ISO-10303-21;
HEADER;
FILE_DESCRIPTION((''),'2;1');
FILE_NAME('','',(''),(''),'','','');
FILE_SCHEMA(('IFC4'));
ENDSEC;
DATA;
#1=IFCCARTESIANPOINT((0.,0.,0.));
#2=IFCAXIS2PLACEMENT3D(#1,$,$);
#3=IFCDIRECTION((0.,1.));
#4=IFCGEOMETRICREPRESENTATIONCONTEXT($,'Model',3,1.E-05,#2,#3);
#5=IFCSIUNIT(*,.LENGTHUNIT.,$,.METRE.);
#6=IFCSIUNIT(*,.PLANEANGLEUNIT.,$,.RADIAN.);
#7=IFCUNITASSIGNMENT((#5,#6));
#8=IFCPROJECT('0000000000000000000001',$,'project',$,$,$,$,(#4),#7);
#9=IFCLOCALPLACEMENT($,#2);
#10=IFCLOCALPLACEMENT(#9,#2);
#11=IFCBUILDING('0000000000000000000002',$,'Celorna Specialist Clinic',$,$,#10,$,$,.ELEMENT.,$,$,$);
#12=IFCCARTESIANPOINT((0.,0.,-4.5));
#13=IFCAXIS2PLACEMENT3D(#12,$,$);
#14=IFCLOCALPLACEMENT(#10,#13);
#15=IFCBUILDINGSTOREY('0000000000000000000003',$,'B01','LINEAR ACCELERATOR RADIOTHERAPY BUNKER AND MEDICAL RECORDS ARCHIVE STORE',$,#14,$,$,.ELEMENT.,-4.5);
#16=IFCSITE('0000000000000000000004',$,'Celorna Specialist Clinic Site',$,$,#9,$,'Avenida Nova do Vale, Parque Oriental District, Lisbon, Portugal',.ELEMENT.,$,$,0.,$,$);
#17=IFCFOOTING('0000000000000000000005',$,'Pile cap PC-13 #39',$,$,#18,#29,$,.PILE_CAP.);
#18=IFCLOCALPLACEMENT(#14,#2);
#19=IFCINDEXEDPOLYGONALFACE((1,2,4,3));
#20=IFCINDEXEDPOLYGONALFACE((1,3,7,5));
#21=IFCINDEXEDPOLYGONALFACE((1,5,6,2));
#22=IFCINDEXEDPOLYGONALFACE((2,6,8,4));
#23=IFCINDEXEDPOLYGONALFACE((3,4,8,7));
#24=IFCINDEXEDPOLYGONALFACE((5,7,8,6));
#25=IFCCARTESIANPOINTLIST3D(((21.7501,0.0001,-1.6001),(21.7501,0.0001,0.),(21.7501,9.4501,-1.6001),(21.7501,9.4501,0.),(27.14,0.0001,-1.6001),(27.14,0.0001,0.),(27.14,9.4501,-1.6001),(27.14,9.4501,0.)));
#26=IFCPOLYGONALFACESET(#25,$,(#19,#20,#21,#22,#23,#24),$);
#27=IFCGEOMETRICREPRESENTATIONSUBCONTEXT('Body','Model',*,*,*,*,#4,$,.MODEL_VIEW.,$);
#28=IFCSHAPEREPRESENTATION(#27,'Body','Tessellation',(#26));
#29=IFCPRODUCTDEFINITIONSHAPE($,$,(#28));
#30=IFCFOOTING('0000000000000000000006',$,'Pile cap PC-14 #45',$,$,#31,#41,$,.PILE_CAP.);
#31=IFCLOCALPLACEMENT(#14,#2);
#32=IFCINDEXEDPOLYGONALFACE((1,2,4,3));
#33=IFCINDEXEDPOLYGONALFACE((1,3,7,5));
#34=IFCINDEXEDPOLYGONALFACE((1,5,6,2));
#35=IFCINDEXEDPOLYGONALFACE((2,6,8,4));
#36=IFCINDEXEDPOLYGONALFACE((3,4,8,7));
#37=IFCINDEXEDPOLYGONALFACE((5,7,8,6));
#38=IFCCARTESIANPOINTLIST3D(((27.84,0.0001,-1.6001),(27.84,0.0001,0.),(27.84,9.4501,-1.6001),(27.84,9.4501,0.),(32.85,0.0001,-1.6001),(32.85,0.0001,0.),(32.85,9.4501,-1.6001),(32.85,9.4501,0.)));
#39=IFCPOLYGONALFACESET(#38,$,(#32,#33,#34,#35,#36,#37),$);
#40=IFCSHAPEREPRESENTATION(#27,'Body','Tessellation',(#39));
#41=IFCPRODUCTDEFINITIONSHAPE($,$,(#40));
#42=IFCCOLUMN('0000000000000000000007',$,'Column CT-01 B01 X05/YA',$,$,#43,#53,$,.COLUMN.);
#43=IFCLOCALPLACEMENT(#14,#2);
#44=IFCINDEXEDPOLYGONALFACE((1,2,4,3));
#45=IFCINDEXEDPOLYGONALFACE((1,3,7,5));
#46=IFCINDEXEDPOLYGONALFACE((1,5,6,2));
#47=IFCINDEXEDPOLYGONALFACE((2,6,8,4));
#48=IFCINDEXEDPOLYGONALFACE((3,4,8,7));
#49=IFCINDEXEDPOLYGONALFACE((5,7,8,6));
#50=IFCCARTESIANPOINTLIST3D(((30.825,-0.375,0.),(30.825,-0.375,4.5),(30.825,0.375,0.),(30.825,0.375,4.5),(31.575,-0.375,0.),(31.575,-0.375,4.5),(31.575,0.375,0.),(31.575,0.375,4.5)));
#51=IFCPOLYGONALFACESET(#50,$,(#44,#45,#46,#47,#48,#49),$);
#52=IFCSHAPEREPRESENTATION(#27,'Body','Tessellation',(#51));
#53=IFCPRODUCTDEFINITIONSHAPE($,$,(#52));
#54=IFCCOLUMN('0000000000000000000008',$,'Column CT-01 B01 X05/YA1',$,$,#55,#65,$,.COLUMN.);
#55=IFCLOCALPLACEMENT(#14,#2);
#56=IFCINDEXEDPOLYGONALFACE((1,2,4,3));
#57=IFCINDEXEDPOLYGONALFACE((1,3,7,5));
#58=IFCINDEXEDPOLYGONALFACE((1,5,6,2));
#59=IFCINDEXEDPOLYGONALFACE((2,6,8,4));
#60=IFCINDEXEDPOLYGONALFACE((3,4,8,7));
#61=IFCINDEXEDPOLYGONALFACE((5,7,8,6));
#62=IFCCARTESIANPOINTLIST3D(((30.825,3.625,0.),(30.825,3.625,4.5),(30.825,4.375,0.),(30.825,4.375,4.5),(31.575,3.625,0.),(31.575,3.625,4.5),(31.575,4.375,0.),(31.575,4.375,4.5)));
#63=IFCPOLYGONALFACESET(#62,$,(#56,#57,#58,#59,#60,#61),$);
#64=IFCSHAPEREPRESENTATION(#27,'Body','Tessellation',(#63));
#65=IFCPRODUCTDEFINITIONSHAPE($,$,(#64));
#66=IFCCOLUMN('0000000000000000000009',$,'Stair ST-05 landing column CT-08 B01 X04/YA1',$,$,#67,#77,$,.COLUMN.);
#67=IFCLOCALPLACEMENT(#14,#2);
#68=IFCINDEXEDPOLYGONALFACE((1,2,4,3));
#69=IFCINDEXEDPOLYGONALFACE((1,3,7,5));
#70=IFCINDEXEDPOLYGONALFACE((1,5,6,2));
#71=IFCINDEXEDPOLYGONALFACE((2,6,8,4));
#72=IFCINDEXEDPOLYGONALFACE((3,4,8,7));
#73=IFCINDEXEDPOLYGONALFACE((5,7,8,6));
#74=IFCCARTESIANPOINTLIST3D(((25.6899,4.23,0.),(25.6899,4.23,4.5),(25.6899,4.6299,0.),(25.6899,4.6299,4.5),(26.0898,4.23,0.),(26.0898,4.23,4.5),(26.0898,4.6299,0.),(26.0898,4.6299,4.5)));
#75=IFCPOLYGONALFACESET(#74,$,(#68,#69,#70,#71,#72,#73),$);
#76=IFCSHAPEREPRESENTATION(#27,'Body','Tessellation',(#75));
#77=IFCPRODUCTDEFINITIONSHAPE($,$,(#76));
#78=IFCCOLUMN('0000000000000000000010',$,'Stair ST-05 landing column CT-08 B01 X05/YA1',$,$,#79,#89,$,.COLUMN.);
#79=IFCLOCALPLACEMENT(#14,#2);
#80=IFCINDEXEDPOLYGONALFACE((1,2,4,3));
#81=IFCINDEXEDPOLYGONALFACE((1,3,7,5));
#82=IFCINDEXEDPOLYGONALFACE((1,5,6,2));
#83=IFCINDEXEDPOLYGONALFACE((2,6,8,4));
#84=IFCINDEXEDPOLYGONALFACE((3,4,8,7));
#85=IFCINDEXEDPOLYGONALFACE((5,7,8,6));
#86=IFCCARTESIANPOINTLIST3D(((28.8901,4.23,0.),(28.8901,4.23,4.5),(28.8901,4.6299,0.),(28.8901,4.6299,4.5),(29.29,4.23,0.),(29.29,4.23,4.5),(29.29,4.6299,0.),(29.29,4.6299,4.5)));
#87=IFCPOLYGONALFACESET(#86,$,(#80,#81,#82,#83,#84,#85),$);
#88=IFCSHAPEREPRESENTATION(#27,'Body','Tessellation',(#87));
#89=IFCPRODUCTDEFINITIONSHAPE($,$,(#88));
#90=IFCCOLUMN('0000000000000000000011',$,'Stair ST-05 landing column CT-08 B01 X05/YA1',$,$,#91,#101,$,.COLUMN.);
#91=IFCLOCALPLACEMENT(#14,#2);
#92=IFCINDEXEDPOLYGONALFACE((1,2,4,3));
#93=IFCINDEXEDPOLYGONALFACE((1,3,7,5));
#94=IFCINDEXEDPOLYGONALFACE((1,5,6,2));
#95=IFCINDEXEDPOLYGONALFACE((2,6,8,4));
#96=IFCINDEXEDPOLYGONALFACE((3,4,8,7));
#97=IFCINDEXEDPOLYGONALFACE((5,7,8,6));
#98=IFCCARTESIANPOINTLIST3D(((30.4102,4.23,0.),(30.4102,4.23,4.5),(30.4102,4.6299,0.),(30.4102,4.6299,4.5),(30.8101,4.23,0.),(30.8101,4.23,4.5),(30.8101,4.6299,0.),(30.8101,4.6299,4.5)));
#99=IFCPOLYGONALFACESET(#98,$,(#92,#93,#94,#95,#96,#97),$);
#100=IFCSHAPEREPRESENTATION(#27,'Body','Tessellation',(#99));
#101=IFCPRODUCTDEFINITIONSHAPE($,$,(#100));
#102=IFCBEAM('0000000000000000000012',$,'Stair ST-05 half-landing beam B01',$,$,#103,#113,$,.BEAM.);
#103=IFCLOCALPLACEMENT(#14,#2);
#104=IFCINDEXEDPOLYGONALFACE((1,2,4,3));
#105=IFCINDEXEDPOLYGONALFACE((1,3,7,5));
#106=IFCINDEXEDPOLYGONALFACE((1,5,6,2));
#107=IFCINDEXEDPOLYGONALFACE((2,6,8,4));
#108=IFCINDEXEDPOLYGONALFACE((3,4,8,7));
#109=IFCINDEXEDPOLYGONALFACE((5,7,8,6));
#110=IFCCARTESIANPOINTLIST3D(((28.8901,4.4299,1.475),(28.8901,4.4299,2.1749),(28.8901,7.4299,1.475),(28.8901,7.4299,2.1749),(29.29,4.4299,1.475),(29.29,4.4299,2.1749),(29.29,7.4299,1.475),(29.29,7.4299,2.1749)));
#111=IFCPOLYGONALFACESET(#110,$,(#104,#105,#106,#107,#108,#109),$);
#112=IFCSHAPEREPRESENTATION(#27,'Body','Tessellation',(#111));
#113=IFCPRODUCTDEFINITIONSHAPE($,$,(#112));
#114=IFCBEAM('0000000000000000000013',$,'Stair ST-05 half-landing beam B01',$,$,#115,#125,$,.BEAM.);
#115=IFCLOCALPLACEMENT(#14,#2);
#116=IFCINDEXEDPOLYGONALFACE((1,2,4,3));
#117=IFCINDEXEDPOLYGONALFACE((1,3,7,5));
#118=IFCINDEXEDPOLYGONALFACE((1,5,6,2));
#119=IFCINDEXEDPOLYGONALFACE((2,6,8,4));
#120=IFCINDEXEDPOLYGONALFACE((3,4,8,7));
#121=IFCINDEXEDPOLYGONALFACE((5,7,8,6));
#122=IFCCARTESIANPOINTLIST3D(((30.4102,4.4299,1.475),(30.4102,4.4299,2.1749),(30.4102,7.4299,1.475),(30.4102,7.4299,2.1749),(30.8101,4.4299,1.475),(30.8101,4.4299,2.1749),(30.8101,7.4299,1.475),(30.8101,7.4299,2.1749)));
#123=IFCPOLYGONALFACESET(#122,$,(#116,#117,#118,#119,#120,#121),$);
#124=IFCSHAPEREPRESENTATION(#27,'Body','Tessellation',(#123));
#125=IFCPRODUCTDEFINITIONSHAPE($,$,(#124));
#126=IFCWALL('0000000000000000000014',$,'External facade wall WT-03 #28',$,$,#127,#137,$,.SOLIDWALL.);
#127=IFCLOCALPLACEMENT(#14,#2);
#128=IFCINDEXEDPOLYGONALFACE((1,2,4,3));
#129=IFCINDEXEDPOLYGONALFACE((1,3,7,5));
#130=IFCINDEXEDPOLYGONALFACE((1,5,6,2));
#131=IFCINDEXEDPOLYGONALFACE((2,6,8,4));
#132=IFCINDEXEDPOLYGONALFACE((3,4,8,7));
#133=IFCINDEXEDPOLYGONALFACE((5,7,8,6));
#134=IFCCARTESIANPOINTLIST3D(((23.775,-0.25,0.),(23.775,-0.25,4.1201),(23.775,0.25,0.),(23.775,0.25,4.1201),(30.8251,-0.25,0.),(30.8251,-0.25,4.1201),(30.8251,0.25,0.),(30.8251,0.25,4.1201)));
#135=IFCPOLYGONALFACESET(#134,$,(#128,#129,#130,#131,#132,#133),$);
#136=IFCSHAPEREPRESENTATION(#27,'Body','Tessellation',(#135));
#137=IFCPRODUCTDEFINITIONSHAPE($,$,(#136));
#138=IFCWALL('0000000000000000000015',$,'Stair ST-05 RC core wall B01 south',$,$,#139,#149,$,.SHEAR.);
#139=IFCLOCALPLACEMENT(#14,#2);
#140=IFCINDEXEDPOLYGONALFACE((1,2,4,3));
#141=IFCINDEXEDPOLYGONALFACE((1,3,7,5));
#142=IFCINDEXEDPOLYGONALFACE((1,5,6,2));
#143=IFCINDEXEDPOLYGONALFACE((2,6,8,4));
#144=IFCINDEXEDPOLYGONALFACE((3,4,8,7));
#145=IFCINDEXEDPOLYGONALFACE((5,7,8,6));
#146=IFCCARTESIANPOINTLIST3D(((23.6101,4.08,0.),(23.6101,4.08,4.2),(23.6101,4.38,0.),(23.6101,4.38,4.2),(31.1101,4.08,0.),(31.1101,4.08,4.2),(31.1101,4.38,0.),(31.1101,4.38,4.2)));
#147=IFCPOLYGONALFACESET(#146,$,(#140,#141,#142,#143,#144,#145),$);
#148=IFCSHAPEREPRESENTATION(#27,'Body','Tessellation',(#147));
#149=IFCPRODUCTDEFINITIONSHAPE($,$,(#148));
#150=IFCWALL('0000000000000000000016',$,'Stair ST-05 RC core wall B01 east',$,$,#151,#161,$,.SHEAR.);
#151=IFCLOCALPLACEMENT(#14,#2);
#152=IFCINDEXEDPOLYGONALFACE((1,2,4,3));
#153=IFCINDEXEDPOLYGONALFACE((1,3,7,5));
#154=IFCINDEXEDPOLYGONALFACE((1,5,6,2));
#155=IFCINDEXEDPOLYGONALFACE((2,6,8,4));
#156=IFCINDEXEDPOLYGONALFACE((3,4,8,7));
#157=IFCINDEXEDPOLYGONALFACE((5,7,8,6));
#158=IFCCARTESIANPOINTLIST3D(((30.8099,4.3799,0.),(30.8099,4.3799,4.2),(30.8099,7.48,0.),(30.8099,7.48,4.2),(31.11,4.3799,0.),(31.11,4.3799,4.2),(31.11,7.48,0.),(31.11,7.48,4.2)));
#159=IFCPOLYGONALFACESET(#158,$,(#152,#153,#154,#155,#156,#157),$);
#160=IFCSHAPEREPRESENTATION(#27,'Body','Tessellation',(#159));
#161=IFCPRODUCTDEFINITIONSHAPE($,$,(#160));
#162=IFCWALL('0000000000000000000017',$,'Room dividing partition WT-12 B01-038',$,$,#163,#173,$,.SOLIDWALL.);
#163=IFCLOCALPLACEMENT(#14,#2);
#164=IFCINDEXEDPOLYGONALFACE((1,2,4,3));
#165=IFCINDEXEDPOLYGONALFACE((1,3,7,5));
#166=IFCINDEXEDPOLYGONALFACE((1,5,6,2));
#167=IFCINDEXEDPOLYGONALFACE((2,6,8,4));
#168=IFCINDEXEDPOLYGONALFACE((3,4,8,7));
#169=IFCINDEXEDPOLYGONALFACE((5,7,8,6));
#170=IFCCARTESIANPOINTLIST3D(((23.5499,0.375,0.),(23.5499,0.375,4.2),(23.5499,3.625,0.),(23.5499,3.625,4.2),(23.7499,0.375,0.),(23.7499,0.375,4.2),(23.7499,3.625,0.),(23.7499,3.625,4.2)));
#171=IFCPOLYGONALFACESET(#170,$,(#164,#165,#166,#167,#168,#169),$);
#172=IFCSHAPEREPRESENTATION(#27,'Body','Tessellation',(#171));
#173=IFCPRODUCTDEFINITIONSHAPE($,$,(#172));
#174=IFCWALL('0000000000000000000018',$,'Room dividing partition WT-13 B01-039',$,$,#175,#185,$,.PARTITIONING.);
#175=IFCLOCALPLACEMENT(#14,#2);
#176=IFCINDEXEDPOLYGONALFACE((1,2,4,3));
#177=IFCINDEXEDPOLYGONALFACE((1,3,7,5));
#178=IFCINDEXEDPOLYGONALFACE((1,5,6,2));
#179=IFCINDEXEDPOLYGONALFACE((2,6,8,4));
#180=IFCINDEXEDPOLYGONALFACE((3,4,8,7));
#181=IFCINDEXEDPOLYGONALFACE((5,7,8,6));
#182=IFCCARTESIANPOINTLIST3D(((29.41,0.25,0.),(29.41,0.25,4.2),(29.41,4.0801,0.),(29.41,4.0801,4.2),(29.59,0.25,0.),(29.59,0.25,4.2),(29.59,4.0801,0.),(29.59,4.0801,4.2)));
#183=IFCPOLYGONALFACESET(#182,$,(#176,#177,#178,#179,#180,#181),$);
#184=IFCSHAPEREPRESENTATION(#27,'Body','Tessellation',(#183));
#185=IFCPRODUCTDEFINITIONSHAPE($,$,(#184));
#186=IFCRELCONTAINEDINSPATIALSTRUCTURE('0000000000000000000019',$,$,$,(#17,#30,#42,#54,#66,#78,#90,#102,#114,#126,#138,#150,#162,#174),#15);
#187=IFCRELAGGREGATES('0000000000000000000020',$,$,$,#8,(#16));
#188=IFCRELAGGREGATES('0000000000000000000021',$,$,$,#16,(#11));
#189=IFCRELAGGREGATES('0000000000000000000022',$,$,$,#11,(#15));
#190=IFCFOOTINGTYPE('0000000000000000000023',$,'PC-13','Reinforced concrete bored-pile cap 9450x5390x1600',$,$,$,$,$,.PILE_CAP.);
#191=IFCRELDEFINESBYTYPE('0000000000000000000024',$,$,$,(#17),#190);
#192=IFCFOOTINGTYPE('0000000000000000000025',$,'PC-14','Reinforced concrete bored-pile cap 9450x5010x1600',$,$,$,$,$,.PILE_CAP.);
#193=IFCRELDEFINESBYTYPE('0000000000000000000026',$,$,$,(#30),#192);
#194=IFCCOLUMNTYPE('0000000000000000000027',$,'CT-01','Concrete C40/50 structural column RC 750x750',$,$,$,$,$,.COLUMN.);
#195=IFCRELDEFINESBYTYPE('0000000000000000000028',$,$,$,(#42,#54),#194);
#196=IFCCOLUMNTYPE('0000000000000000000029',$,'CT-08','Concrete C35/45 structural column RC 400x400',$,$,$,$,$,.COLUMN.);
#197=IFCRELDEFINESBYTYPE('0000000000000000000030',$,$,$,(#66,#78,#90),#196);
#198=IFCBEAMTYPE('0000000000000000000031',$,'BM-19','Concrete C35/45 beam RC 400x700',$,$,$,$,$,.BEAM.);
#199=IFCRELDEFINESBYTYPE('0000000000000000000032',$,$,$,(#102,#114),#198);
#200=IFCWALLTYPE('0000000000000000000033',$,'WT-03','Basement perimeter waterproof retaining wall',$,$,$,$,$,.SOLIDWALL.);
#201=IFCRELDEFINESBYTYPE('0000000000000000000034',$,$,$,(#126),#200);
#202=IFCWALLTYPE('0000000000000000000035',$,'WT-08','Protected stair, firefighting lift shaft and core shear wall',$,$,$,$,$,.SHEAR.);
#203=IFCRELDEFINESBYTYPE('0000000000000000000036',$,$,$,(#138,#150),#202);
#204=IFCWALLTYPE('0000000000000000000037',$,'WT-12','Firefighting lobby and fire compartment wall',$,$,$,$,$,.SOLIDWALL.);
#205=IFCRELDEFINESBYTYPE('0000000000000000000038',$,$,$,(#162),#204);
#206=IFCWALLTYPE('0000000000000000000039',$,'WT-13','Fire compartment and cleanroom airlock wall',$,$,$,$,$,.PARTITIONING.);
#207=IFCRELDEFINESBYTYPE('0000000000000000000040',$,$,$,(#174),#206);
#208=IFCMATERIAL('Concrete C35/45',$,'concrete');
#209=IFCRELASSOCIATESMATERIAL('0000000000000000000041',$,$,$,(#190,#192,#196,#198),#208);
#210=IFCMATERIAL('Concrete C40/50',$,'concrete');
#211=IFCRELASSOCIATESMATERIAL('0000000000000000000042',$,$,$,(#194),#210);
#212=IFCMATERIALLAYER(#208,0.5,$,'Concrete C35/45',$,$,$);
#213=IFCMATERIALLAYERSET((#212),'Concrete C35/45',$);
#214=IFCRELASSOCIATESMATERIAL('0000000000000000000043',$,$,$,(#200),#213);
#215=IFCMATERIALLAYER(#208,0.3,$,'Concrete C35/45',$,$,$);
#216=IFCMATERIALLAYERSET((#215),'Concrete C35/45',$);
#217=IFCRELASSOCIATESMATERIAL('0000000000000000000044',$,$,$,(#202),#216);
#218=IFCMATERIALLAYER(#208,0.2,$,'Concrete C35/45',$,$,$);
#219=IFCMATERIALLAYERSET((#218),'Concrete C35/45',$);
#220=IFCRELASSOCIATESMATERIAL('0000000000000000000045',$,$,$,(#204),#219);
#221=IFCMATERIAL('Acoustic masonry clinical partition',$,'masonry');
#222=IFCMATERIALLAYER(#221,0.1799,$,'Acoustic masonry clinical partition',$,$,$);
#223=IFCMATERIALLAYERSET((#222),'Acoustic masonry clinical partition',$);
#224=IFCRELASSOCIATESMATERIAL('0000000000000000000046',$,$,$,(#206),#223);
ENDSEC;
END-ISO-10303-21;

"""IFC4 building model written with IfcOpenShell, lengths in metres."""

from ifc_helpers import new_model, si_unit, direction, frame, frame_2d, origin, origin_2d, place, context, subcontext, project, spatial, rectangle, extrude, material, layer, layer_set, material_profile, profile_set, type_object, element, save


model = new_model("IFC4")

# Units and contexts
model_context = context("Model", 3, precision=1e-05, world=origin(), true_north=direction((0.0, 1.0)))
body_context = subcontext(model_context, "Body", "Model", "MODEL_VIEW")
ifc_project = project(units=[si_unit("LENGTHUNIT", "METRE"), si_unit("PLANEANGLEUNIT", "RADIAN")], contexts=[model_context])

# Site, building, storey
site_placement = place(None, origin())
site = spatial("IfcSite", under=ifc_project, at=site_placement, Name="Celorna Specialist Clinic Site", LongName="Avenida Nova do Vale, Parque Oriental District, Lisbon, Portugal", CompositionType="ELEMENT", RefElevation=0.0)
building_placement = place(site_placement, origin())
building = spatial("IfcBuilding", under=site, at=building_placement, Name="Celorna Specialist Clinic", CompositionType="ELEMENT")
storey_placement = place(building_placement, frame((0.0, 0.0, -4.5)))
storey = spatial("IfcBuildingStorey", under=building, at=storey_placement, Name="B01", Description="LINEAR ACCELERATOR RADIOTHERAPY BUNKER AND MEDICAL RECORDS ARCHIVE STORE", CompositionType="ELEMENT", Elevation=-4.5)

# Shared definitions
ifc_material_1 = material(Name="Concrete C35/45", Category="concrete")

# Footings
footing_type_1 = type_object("IfcFootingType", Name="PC-13", Description="Reinforced concrete bored-pile cap 9450x5390x1600", PredefinedType="PILE_CAP", material=ifc_material_1)
footing_1_placement = place(storey_placement, frame((24.4451, 4.7251, -1.6001), z_axis=(0.0, 0.0, 1.0), x_axis=(1.0, 0.0, 0.0)))
element("IfcFooting", 1, at=footing_1_placement, inside=storey, type_object=footing_type_1, Name="Pile cap PC-13 #39", PredefinedType="PILE_CAP", context=body_context, shape_type="SweptSolid", body=[
    extrude(rectangle(XDim=5.3899, YDim=9.45, at=origin_2d()), origin(), (0.0, 0.0, 1.0), 1.6001),
])
footing_type_2 = type_object("IfcFootingType", Name="PC-14", Description="Reinforced concrete bored-pile cap 9450x5010x1600", PredefinedType="PILE_CAP", material=ifc_material_1)
footing_2_placement = place(storey_placement, frame((30.345, 4.7251, -1.6001), z_axis=(0.0, 0.0, 1.0), x_axis=(1.0, 0.0, 0.0)))
element("IfcFooting", 2, at=footing_2_placement, inside=storey, type_object=footing_type_2, Name="Pile cap PC-14 #45", PredefinedType="PILE_CAP", context=body_context, shape_type="SweptSolid", body=[
    extrude(rectangle(XDim=5.01, YDim=9.45, at=origin_2d()), origin(), (0.0, 0.0, 1.0), 1.6001),
])

# Columns
ifc_material_2 = material(Name="Concrete C40/50", Category="concrete")
ifc_material_profile_1 = material_profile(ifc_material_2, rectangle(XDim=0.75, YDim=0.75, at=origin_2d()), Name="RC 750x750")
ifc_profile_set_1 = profile_set([ifc_material_profile_1], Name="Concrete C40/50")
column_type_1 = type_object("IfcColumnType", Name="CT-01", Description="Concrete C40/50 structural column RC 750x750", PredefinedType="COLUMN", material=ifc_profile_set_1)
for number, where, z_axis, x_axis, name in (
    (3, (31.2, 0.0, 0.0), (0.0, 0.0, 1.0), (1.0, 0.0, 0.0), "Column CT-01 B01 X05/YA"),
    (4, (31.2, 4.0, 0.0), (0.0, 0.0, 1.0), (1.0, 0.0, 0.0), "Column CT-01 B01 X05/YA1"),
):
    element("IfcColumn", number, at=place(storey_placement, frame(where, z_axis=z_axis, x_axis=x_axis)), inside=storey, type_object=column_type_1, Name=name, PredefinedType="COLUMN", context=body_context, shape_type="SweptSolid", body=[
        extrude(rectangle(XDim=0.75, YDim=0.75, at=origin_2d()), origin(), (0.0, 0.0, 1.0), 4.5),
    ])
ifc_material_profile_2 = material_profile(ifc_material_1, rectangle(XDim=0.3999, YDim=0.3999, at=origin_2d()), Name="RC 400x400")
ifc_profile_set_2 = profile_set([ifc_material_profile_2], Name="Concrete C35/45")
column_type_2 = type_object("IfcColumnType", Name="CT-08", Description="Concrete C35/45 structural column RC 400x400", PredefinedType="COLUMN", material=ifc_profile_set_2)
for number, where, z_axis, x_axis, name in (
    (5, (25.8899, 4.4299, 0.0), (0.0, 0.0, 1.0), (1.0, 0.0, 0.0), "Stair ST-05 landing column CT-08 B01 X04/YA1"),
    (6, (29.0901, 4.4299, 0.0), (0.0, 0.0, 1.0), (1.0, 0.0, 0.0), "Stair ST-05 landing column CT-08 B01 X05/YA1"),
    (7, (30.6101, 4.4299, 0.0), (0.0, 0.0, 1.0), (1.0, 0.0, 0.0), "Stair ST-05 landing column CT-08 B01 X05/YA1"),
):
    element("IfcColumn", number, at=place(storey_placement, frame(where, z_axis=z_axis, x_axis=x_axis)), inside=storey, type_object=column_type_2, Name=name, PredefinedType="COLUMN", context=body_context, shape_type="SweptSolid", body=[
        extrude(rectangle(XDim=0.3999, YDim=0.3999, at=origin_2d()), origin(), (0.0, 0.0, 1.0), 4.5),
    ])

# Beams
ifc_material_profile_3 = material_profile(ifc_material_1, rectangle(XDim=0.3999, YDim=0.7, at=origin_2d()), Name="RC 400x700")
ifc_profile_set_3 = profile_set([ifc_material_profile_3], Name="Concrete C35/45")
beam_type = type_object("IfcBeamType", Name="BM-19", Description="Concrete C35/45 beam RC 400x700", PredefinedType="BEAM", material=ifc_profile_set_3)
for number, where, z_axis, x_axis, name in (
    (8, (29.0901, 4.4299, 1.825), (0.0, 1.0, 0.0), (-1.0, 0.0, 0.0), "Stair ST-05 half-landing beam B01"),
    (9, (30.6101, 4.4299, 1.825), (0.0, 1.0, 0.0), (-1.0, 0.0, 0.0), "Stair ST-05 half-landing beam B01"),
):
    element("IfcBeam", number, at=place(storey_placement, frame(where, z_axis=z_axis, x_axis=x_axis)), inside=storey, type_object=beam_type, Name=name, PredefinedType="BEAM", context=body_context, shape_type="SweptSolid", body=[
        extrude(rectangle(XDim=0.3999, YDim=0.7, at=origin_2d()), origin(), (0.0, 0.0, 1.0), 3.0),
    ])

# Walls
ifc_layer_1 = layer(ifc_material_1, 0.5, Name="Concrete C35/45")
ifc_layer_set_1 = layer_set([ifc_layer_1], Name="Concrete C35/45")
wall_type_1 = type_object("IfcWallType", Name="WT-03", Description="Basement perimeter waterproof retaining wall", PredefinedType="SOLIDWALL", material=ifc_layer_set_1)
wall_1_placement = place(storey_placement, frame((30.825, 0.0, 0.0), z_axis=(0.0, 0.0, 1.0), x_axis=(-1.0, 0.0, 0.0)))
element("IfcWall", 10, at=wall_1_placement, inside=storey, type_object=wall_type_1, Name="External facade wall WT-03 #28", PredefinedType="SOLIDWALL", context=body_context, shape_type="SweptSolid", body=[
    extrude(rectangle(XDim=7.05, YDim=0.5, at=frame_2d((3.5249, 0.0))), origin(), (0.0, 0.0, 1.0), 4.1201),
])
ifc_layer_2 = layer(ifc_material_1, 0.3, Name="Concrete C35/45")
ifc_layer_set_2 = layer_set([ifc_layer_2], Name="Concrete C35/45")
wall_type_2 = type_object("IfcWallType", Name="WT-08", Description="Protected stair, firefighting lift shaft and core shear wall", PredefinedType="SHEAR", material=ifc_layer_set_2)
wall_2_placement = place(storey_placement, frame((23.6101, 4.23, 0.0), z_axis=(0.0, 0.0, 1.0), x_axis=(1.0, 0.0, 0.0)))
element("IfcWall", 11, at=wall_2_placement, inside=storey, type_object=wall_type_2, Name="Stair ST-05 RC core wall B01 south", PredefinedType="SHEAR", context=body_context, shape_type="SweptSolid", body=[
    extrude(rectangle(XDim=7.5, YDim=0.3, at=frame_2d((3.75, 0.0))), origin(), (0.0, 0.0, 1.0), 4.2),
])
wall_3_placement = place(storey_placement, frame((30.96, 4.3799, 0.0), z_axis=(0.0, 0.0, 1.0), x_axis=(0.0, 1.0, 0.0)))
element("IfcWall", 12, at=wall_3_placement, inside=storey, type_object=wall_type_2, Name="Stair ST-05 RC core wall B01 east", PredefinedType="SHEAR", context=body_context, shape_type="SweptSolid", body=[
    extrude(rectangle(XDim=3.1001, YDim=0.3, at=frame_2d((1.55, 0.0))), origin(), (0.0, 0.0, 1.0), 4.2),
])
ifc_layer_3 = layer(ifc_material_1, 0.2, Name="Concrete C35/45")
ifc_layer_set_3 = layer_set([ifc_layer_3], Name="Concrete C35/45")
wall_type_3 = type_object("IfcWallType", Name="WT-12", Description="Firefighting lobby and fire compartment wall", PredefinedType="SOLIDWALL", material=ifc_layer_set_3)
wall_4_placement = place(storey_placement, frame((23.6499, 0.375, 0.0), z_axis=(0.0, 0.0, 1.0), x_axis=(0.0, 1.0, 0.0)))
element("IfcWall", 13, at=wall_4_placement, inside=storey, type_object=wall_type_3, Name="Room dividing partition WT-12 B01-038", PredefinedType="SOLIDWALL", context=body_context, shape_type="SweptSolid", body=[
    extrude(rectangle(XDim=3.25, YDim=0.2, at=frame_2d((1.625, 0.0))), origin(), (0.0, 0.0, 1.0), 4.2),
])
ifc_material_3 = material(Name="Acoustic masonry clinical partition", Category="masonry")
ifc_layer_4 = layer(ifc_material_3, 0.1799, Name="Acoustic masonry clinical partition")
ifc_layer_set_4 = layer_set([ifc_layer_4], Name="Acoustic masonry clinical partition")
wall_type_4 = type_object("IfcWallType", Name="WT-13", Description="Fire compartment and cleanroom airlock wall", PredefinedType="PARTITIONING", material=ifc_layer_set_4)
wall_5_placement = place(storey_placement, frame((29.5, 0.25, 0.0), z_axis=(0.0, 0.0, 1.0), x_axis=(0.0, 1.0, 0.0)))
element("IfcWall", 14, at=wall_5_placement, inside=storey, type_object=wall_type_4, Name="Room dividing partition WT-13 B01-039", PredefinedType="PARTITIONING", context=body_context, shape_type="SweptSolid", body=[
    extrude(rectangle(XDim=3.8301, YDim=0.1799, at=frame_2d((1.915, 0.0))), origin(), (0.0, 0.0, 1.0), 4.2),
])

save(model, "model.ifc")
